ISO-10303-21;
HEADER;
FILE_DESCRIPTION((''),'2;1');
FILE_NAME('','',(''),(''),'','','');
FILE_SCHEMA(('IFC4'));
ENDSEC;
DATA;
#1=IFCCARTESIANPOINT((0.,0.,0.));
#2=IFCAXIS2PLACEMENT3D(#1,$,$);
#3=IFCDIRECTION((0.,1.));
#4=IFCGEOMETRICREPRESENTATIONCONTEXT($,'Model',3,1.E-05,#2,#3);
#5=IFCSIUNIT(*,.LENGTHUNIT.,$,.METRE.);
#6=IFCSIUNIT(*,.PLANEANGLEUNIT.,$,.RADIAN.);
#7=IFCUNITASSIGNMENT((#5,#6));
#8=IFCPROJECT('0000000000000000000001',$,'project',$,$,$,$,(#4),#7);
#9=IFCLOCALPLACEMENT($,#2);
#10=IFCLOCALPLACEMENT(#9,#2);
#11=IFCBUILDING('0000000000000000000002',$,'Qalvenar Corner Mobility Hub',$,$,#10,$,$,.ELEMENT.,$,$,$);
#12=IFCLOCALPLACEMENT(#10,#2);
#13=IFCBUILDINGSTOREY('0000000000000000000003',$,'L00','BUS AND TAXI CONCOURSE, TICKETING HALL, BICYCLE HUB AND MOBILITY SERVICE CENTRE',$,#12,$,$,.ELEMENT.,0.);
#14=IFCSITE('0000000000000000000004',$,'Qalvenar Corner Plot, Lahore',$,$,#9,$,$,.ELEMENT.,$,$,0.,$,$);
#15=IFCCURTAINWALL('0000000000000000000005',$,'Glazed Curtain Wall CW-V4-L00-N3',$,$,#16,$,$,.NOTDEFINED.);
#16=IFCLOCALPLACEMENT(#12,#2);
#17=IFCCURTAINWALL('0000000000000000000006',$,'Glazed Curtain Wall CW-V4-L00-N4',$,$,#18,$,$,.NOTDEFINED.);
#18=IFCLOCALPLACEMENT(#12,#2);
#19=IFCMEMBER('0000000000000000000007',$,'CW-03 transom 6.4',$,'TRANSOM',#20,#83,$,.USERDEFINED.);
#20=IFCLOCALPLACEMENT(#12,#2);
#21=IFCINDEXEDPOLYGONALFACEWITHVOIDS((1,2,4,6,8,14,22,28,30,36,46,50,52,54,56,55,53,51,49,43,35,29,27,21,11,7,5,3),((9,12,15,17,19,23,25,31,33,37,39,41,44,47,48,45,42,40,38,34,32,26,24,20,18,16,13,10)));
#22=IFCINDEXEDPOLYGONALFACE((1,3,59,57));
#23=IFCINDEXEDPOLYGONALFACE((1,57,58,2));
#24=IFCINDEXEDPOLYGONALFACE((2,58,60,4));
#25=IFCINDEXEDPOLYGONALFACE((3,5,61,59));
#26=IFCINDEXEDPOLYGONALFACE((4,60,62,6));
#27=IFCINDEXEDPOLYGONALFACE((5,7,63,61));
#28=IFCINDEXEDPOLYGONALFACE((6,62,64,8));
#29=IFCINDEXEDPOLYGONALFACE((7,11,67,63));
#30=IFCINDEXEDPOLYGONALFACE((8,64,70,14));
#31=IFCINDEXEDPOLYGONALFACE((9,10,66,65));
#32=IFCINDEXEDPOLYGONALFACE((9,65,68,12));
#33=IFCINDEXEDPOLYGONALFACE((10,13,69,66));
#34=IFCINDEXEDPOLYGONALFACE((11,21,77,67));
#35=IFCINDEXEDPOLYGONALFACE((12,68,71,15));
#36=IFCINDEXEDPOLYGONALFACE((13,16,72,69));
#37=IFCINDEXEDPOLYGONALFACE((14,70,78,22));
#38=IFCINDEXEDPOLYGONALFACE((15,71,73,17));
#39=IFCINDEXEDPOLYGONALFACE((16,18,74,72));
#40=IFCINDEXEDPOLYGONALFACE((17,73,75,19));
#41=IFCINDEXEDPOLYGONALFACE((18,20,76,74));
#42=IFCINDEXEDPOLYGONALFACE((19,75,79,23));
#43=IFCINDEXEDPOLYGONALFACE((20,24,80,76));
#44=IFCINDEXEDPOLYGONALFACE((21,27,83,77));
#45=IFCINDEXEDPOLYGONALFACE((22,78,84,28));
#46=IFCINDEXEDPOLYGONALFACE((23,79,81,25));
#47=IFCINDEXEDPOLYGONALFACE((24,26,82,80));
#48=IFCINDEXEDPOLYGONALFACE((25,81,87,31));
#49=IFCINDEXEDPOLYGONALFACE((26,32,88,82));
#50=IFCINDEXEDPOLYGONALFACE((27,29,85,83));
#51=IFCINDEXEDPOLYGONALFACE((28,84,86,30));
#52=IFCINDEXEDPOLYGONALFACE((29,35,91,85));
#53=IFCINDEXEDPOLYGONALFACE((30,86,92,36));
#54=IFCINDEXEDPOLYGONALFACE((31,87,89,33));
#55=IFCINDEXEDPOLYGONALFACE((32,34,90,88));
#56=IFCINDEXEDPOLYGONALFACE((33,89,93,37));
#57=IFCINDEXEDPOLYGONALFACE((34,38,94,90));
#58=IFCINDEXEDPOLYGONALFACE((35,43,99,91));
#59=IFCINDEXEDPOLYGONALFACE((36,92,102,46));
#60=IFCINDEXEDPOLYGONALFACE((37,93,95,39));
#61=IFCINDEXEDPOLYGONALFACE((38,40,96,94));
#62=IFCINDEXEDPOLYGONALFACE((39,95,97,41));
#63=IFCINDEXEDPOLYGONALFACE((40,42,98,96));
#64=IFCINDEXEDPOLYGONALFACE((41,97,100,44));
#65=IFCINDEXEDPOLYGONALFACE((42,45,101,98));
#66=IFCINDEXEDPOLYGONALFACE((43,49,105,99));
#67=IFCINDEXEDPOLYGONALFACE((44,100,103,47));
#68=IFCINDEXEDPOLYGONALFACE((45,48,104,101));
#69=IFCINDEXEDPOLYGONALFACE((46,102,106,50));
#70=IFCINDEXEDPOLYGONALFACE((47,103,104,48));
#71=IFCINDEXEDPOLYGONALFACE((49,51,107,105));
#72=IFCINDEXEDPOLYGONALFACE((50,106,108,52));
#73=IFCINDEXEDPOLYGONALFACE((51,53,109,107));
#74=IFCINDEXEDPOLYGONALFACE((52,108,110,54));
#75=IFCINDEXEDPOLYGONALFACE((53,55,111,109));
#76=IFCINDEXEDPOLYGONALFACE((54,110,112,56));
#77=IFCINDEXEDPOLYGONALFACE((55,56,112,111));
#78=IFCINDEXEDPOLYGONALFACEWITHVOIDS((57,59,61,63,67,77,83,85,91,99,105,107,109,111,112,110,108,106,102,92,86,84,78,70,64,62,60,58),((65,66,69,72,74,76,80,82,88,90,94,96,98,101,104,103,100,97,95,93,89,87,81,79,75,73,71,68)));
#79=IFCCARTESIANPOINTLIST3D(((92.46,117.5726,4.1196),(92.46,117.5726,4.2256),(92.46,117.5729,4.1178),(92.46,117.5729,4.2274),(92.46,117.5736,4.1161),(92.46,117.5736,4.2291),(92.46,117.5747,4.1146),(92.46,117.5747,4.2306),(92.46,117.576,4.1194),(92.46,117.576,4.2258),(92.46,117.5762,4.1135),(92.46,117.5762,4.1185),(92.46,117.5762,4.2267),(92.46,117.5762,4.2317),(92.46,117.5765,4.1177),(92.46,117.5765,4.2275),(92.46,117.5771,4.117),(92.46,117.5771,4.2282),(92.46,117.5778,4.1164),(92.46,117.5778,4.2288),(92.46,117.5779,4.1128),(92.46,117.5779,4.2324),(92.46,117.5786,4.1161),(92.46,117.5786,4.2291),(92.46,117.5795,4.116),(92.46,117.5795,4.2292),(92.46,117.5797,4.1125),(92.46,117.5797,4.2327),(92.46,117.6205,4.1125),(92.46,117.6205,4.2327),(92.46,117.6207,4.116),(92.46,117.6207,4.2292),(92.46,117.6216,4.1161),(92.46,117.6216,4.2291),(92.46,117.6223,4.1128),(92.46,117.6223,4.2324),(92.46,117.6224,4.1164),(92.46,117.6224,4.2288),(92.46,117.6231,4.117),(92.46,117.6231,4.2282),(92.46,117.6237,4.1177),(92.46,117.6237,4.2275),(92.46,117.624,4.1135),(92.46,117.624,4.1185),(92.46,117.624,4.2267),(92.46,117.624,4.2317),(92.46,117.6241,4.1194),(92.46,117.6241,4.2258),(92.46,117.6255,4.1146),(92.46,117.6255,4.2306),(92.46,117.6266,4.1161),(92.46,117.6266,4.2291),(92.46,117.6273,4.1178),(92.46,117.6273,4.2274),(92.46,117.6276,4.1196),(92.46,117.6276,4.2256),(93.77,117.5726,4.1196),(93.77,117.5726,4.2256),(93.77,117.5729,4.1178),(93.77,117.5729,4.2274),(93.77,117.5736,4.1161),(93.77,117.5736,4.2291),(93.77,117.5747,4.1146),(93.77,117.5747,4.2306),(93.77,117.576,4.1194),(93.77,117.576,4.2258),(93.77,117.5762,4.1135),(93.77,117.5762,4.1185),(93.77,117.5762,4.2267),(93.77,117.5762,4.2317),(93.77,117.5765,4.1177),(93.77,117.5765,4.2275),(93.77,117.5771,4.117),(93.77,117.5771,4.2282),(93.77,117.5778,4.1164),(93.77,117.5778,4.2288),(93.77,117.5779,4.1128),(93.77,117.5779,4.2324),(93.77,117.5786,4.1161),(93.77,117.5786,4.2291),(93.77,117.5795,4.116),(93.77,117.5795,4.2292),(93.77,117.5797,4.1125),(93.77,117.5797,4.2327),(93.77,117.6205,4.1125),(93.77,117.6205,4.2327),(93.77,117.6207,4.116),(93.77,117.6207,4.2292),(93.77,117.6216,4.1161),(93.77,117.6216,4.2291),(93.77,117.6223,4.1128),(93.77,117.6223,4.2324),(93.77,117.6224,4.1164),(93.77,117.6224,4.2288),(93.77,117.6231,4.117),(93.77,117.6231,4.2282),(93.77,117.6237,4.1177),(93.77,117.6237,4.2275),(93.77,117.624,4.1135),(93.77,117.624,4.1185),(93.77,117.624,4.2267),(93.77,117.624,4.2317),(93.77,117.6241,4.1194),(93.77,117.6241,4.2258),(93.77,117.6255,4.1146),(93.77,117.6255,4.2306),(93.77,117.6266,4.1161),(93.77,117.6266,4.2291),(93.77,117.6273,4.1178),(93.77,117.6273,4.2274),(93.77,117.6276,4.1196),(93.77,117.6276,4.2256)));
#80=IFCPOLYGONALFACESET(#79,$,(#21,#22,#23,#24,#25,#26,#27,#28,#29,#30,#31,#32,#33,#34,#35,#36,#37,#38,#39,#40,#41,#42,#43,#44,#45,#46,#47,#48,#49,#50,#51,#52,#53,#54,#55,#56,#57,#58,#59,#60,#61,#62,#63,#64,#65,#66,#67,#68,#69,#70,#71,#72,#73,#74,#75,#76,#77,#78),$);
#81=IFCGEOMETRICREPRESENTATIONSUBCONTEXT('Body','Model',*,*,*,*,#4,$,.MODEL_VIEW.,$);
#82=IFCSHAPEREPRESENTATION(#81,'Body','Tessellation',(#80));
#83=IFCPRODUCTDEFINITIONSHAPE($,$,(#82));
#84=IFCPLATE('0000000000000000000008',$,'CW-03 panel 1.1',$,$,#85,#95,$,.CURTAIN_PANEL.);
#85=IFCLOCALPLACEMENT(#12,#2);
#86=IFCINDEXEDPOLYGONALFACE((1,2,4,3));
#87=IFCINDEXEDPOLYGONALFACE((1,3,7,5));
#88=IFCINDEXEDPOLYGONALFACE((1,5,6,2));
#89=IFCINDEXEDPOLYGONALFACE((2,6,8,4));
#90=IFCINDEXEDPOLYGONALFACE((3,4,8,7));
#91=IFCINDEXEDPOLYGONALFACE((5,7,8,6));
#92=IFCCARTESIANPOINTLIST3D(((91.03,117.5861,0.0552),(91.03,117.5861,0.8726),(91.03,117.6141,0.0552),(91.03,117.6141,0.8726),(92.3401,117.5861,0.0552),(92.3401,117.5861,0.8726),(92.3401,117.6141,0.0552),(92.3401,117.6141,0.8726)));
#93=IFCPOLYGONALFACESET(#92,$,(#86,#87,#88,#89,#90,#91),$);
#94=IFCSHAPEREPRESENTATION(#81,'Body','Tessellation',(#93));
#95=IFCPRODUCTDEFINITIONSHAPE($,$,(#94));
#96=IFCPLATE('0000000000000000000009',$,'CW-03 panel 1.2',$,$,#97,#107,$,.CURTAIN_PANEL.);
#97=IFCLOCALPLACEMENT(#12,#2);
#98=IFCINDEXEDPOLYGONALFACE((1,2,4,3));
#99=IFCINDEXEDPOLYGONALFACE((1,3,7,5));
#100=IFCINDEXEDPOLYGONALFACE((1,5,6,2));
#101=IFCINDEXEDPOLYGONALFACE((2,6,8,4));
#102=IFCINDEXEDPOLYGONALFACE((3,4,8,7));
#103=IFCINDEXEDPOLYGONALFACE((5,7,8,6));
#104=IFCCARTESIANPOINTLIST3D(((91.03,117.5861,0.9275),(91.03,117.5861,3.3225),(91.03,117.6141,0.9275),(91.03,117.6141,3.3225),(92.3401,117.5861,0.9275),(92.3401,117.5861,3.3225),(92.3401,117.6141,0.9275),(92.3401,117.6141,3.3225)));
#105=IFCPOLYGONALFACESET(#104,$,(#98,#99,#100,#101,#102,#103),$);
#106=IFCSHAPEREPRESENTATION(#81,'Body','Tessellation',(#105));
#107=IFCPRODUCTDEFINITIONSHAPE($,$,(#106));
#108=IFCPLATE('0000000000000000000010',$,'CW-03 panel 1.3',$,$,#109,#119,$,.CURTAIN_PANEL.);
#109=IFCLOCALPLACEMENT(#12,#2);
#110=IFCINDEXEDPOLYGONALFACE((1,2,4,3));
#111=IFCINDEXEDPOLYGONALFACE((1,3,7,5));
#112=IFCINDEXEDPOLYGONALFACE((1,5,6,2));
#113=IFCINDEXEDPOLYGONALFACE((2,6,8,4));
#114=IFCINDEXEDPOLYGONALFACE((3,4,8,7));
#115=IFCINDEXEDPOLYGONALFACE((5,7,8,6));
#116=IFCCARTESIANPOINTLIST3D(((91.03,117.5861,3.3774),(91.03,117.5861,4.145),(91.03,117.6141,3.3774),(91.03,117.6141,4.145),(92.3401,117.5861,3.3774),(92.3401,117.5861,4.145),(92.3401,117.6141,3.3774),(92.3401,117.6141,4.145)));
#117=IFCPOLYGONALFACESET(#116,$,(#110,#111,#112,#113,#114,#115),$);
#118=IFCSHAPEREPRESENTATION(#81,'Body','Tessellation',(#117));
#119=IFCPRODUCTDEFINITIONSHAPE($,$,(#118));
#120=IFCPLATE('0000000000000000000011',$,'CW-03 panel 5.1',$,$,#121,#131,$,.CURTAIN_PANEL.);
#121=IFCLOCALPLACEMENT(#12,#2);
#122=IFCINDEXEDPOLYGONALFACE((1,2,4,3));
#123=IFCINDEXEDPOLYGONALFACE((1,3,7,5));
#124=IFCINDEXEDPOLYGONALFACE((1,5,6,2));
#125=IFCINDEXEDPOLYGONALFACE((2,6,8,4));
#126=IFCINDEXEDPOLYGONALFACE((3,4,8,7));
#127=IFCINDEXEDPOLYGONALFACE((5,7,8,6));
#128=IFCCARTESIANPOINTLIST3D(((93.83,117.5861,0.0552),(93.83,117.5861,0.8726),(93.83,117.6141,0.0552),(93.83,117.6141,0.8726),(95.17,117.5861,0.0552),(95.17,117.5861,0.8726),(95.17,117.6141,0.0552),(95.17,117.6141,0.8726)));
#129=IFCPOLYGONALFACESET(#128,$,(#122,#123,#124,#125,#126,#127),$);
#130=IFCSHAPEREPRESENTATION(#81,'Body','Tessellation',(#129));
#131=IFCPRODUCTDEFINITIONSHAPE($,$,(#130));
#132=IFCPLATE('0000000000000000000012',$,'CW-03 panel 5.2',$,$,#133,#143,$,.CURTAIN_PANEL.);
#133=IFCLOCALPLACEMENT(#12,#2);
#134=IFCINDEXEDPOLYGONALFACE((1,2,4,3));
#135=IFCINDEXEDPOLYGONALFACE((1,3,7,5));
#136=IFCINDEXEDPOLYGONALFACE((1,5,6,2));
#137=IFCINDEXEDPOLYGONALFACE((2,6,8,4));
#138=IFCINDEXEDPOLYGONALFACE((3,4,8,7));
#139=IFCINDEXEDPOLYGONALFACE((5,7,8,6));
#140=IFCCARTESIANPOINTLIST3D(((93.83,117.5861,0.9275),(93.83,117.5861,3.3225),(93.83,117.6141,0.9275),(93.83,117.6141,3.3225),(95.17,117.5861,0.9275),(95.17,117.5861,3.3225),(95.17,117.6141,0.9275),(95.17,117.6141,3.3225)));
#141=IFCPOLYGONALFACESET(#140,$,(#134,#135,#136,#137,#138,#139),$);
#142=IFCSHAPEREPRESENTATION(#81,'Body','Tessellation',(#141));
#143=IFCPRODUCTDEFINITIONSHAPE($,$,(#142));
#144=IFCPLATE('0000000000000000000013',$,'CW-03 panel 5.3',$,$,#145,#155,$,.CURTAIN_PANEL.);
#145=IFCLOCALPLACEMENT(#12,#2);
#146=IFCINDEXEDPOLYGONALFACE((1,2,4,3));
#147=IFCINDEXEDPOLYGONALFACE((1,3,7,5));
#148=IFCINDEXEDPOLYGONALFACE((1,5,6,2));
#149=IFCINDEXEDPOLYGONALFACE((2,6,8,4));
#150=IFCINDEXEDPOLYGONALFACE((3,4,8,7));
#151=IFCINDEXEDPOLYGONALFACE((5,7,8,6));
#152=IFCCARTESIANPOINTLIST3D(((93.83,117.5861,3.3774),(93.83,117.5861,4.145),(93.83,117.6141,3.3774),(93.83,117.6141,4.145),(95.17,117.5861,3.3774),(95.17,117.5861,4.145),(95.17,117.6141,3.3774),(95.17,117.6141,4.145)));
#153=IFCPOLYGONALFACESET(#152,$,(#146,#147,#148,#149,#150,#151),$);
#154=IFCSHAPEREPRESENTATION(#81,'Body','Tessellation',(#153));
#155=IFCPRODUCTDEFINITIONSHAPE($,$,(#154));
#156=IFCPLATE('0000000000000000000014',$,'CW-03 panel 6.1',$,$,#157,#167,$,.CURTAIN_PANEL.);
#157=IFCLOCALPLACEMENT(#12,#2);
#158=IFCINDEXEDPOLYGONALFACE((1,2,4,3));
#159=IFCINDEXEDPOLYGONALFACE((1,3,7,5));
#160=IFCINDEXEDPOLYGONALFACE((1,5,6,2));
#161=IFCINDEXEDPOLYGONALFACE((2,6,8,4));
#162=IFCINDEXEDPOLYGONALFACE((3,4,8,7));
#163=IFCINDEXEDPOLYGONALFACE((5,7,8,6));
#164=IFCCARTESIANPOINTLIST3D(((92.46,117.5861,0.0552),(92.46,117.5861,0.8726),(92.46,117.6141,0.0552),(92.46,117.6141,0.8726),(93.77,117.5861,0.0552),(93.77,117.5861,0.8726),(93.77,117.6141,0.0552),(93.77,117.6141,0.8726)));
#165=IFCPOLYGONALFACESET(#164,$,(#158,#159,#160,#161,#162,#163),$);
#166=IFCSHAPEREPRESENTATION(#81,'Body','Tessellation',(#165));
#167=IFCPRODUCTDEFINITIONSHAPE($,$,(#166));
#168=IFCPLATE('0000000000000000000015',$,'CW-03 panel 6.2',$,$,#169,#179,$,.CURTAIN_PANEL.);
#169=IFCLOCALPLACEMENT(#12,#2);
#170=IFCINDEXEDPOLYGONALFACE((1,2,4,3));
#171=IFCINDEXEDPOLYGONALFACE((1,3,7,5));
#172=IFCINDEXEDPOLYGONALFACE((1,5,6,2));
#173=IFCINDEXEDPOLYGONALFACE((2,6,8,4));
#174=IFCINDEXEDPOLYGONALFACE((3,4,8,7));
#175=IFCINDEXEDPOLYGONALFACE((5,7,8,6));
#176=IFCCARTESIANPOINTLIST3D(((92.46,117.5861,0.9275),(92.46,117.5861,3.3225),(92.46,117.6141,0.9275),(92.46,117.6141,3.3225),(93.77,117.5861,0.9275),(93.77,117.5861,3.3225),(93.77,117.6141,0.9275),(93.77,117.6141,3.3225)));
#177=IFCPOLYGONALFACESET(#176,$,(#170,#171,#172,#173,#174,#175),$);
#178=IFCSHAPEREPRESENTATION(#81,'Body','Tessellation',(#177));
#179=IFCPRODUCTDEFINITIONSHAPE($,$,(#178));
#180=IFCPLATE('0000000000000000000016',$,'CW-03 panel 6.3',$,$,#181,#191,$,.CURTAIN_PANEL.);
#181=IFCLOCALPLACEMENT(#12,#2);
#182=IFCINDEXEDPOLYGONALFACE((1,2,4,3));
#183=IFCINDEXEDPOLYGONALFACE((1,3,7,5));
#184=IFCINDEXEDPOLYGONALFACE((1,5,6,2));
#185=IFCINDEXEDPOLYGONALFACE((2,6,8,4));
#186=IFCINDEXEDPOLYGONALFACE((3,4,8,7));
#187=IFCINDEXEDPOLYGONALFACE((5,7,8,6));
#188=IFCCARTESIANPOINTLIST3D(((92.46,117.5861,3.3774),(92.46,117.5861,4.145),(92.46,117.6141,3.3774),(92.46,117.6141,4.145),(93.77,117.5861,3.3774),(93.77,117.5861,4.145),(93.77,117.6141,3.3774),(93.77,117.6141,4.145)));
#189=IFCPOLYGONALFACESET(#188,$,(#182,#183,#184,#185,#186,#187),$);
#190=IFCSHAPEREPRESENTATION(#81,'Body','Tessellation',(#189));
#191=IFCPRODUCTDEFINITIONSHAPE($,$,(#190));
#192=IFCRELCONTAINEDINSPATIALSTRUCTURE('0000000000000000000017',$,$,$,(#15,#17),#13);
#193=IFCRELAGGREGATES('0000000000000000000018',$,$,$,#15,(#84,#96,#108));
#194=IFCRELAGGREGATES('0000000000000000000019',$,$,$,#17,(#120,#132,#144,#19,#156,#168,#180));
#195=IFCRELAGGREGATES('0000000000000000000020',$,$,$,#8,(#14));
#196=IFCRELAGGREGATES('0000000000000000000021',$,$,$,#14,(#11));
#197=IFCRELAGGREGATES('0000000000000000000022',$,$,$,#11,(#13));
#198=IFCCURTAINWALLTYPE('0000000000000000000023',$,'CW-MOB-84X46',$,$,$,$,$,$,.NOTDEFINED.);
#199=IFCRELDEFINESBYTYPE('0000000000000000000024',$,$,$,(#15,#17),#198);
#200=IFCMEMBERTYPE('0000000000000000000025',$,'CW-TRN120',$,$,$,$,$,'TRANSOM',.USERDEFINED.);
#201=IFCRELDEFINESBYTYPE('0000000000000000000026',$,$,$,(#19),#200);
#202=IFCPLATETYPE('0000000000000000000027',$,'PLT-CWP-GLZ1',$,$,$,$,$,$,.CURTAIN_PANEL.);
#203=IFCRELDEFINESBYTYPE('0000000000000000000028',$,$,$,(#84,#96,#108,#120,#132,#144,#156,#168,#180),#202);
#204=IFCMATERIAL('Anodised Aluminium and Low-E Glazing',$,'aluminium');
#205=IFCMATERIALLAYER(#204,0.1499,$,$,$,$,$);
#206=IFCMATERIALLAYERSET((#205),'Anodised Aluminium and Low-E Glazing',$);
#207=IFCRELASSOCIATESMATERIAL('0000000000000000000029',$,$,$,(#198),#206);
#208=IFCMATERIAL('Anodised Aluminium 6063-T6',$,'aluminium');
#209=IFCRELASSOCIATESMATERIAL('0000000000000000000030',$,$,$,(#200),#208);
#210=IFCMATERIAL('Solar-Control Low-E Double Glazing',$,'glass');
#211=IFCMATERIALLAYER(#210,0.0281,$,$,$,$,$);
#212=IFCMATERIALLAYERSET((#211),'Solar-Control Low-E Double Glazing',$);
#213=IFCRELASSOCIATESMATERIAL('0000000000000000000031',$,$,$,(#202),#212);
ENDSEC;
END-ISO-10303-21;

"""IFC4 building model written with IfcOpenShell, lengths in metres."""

from ifc_helpers import new_model, si_unit, direction, frame, origin, origin_2d, place, context, subcontext, project, spatial, rectangle, hollow_rectangle, extrude, material, layer, layer_set, material_profile, profile_set, type_object, element, aggregate, save


model = new_model("IFC4")

# Units and contexts
model_context = context("Model", 3, precision=1e-05, world=origin(), true_north=direction((0.0, 1.0)))
body_context = subcontext(model_context, "Body", "Model", "MODEL_VIEW")
ifc_project = project(units=[si_unit("LENGTHUNIT", "METRE"), si_unit("PLANEANGLEUNIT", "RADIAN")], contexts=[model_context])

# Site, building, storey
site_placement = place(None, origin())
site = spatial("IfcSite", under=ifc_project, at=site_placement, Name="Qalvenar Corner Plot, Lahore", CompositionType="ELEMENT", RefElevation=0.0)
building_placement = place(site_placement, origin())
building = spatial("IfcBuilding", under=site, at=building_placement, Name="Qalvenar Corner Mobility Hub", CompositionType="ELEMENT")
storey_placement = place(building_placement, origin())
storey = spatial("IfcBuildingStorey", under=building, at=storey_placement, Name="L00", Description="BUS AND TAXI CONCOURSE, TICKETING HALL, BICYCLE HUB AND MOBILITY SERVICE CENTRE", CompositionType="ELEMENT", Elevation=0.0)

# Curtain walls
ifc_material_1 = material(Name="Anodised Aluminium and Low-E Glazing", Category="aluminium")
ifc_layer_1 = layer(ifc_material_1, 0.1499)
ifc_layer_set_1 = layer_set([ifc_layer_1], Name="Anodised Aluminium and Low-E Glazing")
curtain_wall_type = type_object("IfcCurtainWallType", Name="CW-MOB-84X46", PredefinedType="NOTDEFINED", material=ifc_layer_set_1)
curtain_wall_1_placement = place(storey_placement, origin())
curtain_wall_1 = element("IfcCurtainWall", 1, at=curtain_wall_1_placement, inside=storey, type_object=curtain_wall_type, Name="Glazed Curtain Wall CW-V4-L00-N3", PredefinedType="NOTDEFINED")
ifc_material_2 = material(Name="Anodised Aluminium 6063-T6", Category="aluminium")
curtain_wall_2_placement = place(storey_placement, origin())
curtain_wall_2 = element("IfcCurtainWall", 2, at=curtain_wall_2_placement, inside=storey, type_object=curtain_wall_type, Name="Glazed Curtain Wall CW-V4-L00-N4", PredefinedType="NOTDEFINED")

# Member
ifc_material_profile_1 = material_profile(ifc_material_2, hollow_rectangle(XDim=0.0549, YDim=0.1201, WallThickness=0.0034, InnerFilletRadius=0.0034, OuterFilletRadius=0.0071, at=origin_2d()), Name="RHS120x55x3.5")
ifc_profile_set_1 = profile_set([ifc_material_profile_1], Name="Anodised Aluminium 6063-T6")
member_type_1 = type_object("IfcMemberType", Name="CW-TRN120", ElementType="TRANSOM", PredefinedType="USERDEFINED", material=ifc_profile_set_1)
member_1_placement = place(storey_placement, frame((93.77, 117.6001, 4.1726), z_axis=(-1.0, 0.0, 0.0), x_axis=(0.0, -1.0, 0.0)))
member_1 = element("IfcMember", 3, at=member_1_placement, type_object=member_type_1, Name="CW-03 transom 6.4", ObjectType="TRANSOM", PredefinedType="USERDEFINED", context=body_context, shape_type="SweptSolid", body=[
    extrude(hollow_rectangle(XDim=0.0549, YDim=0.1201, WallThickness=0.0034, InnerFilletRadius=0.0034, OuterFilletRadius=0.0071, at=origin_2d()), origin(), (0.0, 0.0, 1.0), 1.3101),
])

# Plates
ifc_material_3 = material(Name="Solar-Control Low-E Double Glazing", Category="glass")
ifc_layer_2 = layer(ifc_material_3, 0.0281)
ifc_layer_set_2 = layer_set([ifc_layer_2], Name="Solar-Control Low-E Double Glazing")
plate_type = type_object("IfcPlateType", Name="PLT-CWP-GLZ1", PredefinedType="CURTAIN_PANEL", material=ifc_layer_set_2)
plate_1_placement = place(storey_placement, frame((91.6851, 117.6001, 0.0552), z_axis=(0.0, 0.0, 1.0), x_axis=(-1.0, 0.0, 0.0)))
plate_1 = element("IfcPlate", 4, at=plate_1_placement, type_object=plate_type, Name="CW-03 panel 1.1", PredefinedType="CURTAIN_PANEL", context=body_context, shape_type="SweptSolid", body=[
    extrude(rectangle(XDim=1.3101, YDim=0.0281, at=origin_2d()), origin(), (0.0, 0.0, 1.0), 0.8174),
])
plate_2_placement = place(storey_placement, frame((91.6851, 117.6001, 0.9275), z_axis=(0.0, 0.0, 1.0), x_axis=(-1.0, 0.0, 0.0)))
plate_2 = element("IfcPlate", 5, at=plate_2_placement, type_object=plate_type, Name="CW-03 panel 1.2", PredefinedType="CURTAIN_PANEL", context=body_context, shape_type="SweptSolid", body=[
    extrude(rectangle(XDim=1.3101, YDim=0.0281, at=origin_2d()), origin(), (0.0, 0.0, 1.0), 2.395),
])
plate_3_placement = place(storey_placement, frame((91.6851, 117.6001, 3.3774), z_axis=(0.0, 0.0, 1.0), x_axis=(-1.0, 0.0, 0.0)))
plate_3 = element("IfcPlate", 6, at=plate_3_placement, type_object=plate_type, Name="CW-03 panel 1.3", PredefinedType="CURTAIN_PANEL", context=body_context, shape_type="SweptSolid", body=[
    extrude(rectangle(XDim=1.3101, YDim=0.0281, at=origin_2d()), origin(), (0.0, 0.0, 1.0), 0.7676),
])
aggregate(curtain_wall_1, [plate_1, plate_2, plate_3])
plate_4_placement = place(storey_placement, frame((94.5, 117.6001, 0.0552), z_axis=(0.0, 0.0, 1.0), x_axis=(-1.0, 0.0, 0.0)))
plate_4 = element("IfcPlate", 7, at=plate_4_placement, type_object=plate_type, Name="CW-03 panel 5.1", PredefinedType="CURTAIN_PANEL", context=body_context, shape_type="SweptSolid", body=[
    extrude(rectangle(XDim=1.3401, YDim=0.0281, at=origin_2d()), origin(), (0.0, 0.0, 1.0), 0.8174),
])
plate_5_placement = place(storey_placement, frame((94.5, 117.6001, 0.9275), z_axis=(0.0, 0.0, 1.0), x_axis=(-1.0, 0.0, 0.0)))
plate_5 = element("IfcPlate", 8, at=plate_5_placement, type_object=plate_type, Name="CW-03 panel 5.2", PredefinedType="CURTAIN_PANEL", context=body_context, shape_type="SweptSolid", body=[
    extrude(rectangle(XDim=1.3401, YDim=0.0281, at=origin_2d()), origin(), (0.0, 0.0, 1.0), 2.395),
])
plate_6_placement = place(storey_placement, frame((94.5, 117.6001, 3.3774), z_axis=(0.0, 0.0, 1.0), x_axis=(-1.0, 0.0, 0.0)))
plate_6 = element("IfcPlate", 9, at=plate_6_placement, type_object=plate_type, Name="CW-03 panel 5.3", PredefinedType="CURTAIN_PANEL", context=body_context, shape_type="SweptSolid", body=[
    extrude(rectangle(XDim=1.3401, YDim=0.0281, at=origin_2d()), origin(), (0.0, 0.0, 1.0), 0.7676),
])
plate_7_placement = place(storey_placement, frame((93.115, 117.6001, 0.0552), z_axis=(0.0, 0.0, 1.0), x_axis=(-1.0, 0.0, 0.0)))
plate_7 = element("IfcPlate", 10, at=plate_7_placement, type_object=plate_type, Name="CW-03 panel 6.1", PredefinedType="CURTAIN_PANEL", context=body_context, shape_type="SweptSolid", body=[
    extrude(rectangle(XDim=1.3101, YDim=0.0281, at=origin_2d()), origin(), (0.0, 0.0, 1.0), 0.8174),
])
plate_8_placement = place(storey_placement, frame((93.115, 117.6001, 0.9275), z_axis=(0.0, 0.0, 1.0), x_axis=(-1.0, 0.0, 0.0)))
plate_8 = element("IfcPlate", 11, at=plate_8_placement, type_object=plate_type, Name="CW-03 panel 6.2", PredefinedType="CURTAIN_PANEL", context=body_context, shape_type="SweptSolid", body=[
    extrude(rectangle(XDim=1.3101, YDim=0.0281, at=origin_2d()), origin(), (0.0, 0.0, 1.0), 2.395),
])
plate_9_placement = place(storey_placement, frame((93.115, 117.6001, 3.3774), z_axis=(0.0, 0.0, 1.0), x_axis=(-1.0, 0.0, 0.0)))
plate_9 = element("IfcPlate", 12, at=plate_9_placement, type_object=plate_type, Name="CW-03 panel 6.3", PredefinedType="CURTAIN_PANEL", context=body_context, shape_type="SweptSolid", body=[
    extrude(rectangle(XDim=1.3101, YDim=0.0281, at=origin_2d()), origin(), (0.0, 0.0, 1.0), 0.7676),
])
aggregate(curtain_wall_2, [plate_4, plate_5, plate_6, member_1, plate_7, plate_8, plate_9])

save(model, "model.ifc")
